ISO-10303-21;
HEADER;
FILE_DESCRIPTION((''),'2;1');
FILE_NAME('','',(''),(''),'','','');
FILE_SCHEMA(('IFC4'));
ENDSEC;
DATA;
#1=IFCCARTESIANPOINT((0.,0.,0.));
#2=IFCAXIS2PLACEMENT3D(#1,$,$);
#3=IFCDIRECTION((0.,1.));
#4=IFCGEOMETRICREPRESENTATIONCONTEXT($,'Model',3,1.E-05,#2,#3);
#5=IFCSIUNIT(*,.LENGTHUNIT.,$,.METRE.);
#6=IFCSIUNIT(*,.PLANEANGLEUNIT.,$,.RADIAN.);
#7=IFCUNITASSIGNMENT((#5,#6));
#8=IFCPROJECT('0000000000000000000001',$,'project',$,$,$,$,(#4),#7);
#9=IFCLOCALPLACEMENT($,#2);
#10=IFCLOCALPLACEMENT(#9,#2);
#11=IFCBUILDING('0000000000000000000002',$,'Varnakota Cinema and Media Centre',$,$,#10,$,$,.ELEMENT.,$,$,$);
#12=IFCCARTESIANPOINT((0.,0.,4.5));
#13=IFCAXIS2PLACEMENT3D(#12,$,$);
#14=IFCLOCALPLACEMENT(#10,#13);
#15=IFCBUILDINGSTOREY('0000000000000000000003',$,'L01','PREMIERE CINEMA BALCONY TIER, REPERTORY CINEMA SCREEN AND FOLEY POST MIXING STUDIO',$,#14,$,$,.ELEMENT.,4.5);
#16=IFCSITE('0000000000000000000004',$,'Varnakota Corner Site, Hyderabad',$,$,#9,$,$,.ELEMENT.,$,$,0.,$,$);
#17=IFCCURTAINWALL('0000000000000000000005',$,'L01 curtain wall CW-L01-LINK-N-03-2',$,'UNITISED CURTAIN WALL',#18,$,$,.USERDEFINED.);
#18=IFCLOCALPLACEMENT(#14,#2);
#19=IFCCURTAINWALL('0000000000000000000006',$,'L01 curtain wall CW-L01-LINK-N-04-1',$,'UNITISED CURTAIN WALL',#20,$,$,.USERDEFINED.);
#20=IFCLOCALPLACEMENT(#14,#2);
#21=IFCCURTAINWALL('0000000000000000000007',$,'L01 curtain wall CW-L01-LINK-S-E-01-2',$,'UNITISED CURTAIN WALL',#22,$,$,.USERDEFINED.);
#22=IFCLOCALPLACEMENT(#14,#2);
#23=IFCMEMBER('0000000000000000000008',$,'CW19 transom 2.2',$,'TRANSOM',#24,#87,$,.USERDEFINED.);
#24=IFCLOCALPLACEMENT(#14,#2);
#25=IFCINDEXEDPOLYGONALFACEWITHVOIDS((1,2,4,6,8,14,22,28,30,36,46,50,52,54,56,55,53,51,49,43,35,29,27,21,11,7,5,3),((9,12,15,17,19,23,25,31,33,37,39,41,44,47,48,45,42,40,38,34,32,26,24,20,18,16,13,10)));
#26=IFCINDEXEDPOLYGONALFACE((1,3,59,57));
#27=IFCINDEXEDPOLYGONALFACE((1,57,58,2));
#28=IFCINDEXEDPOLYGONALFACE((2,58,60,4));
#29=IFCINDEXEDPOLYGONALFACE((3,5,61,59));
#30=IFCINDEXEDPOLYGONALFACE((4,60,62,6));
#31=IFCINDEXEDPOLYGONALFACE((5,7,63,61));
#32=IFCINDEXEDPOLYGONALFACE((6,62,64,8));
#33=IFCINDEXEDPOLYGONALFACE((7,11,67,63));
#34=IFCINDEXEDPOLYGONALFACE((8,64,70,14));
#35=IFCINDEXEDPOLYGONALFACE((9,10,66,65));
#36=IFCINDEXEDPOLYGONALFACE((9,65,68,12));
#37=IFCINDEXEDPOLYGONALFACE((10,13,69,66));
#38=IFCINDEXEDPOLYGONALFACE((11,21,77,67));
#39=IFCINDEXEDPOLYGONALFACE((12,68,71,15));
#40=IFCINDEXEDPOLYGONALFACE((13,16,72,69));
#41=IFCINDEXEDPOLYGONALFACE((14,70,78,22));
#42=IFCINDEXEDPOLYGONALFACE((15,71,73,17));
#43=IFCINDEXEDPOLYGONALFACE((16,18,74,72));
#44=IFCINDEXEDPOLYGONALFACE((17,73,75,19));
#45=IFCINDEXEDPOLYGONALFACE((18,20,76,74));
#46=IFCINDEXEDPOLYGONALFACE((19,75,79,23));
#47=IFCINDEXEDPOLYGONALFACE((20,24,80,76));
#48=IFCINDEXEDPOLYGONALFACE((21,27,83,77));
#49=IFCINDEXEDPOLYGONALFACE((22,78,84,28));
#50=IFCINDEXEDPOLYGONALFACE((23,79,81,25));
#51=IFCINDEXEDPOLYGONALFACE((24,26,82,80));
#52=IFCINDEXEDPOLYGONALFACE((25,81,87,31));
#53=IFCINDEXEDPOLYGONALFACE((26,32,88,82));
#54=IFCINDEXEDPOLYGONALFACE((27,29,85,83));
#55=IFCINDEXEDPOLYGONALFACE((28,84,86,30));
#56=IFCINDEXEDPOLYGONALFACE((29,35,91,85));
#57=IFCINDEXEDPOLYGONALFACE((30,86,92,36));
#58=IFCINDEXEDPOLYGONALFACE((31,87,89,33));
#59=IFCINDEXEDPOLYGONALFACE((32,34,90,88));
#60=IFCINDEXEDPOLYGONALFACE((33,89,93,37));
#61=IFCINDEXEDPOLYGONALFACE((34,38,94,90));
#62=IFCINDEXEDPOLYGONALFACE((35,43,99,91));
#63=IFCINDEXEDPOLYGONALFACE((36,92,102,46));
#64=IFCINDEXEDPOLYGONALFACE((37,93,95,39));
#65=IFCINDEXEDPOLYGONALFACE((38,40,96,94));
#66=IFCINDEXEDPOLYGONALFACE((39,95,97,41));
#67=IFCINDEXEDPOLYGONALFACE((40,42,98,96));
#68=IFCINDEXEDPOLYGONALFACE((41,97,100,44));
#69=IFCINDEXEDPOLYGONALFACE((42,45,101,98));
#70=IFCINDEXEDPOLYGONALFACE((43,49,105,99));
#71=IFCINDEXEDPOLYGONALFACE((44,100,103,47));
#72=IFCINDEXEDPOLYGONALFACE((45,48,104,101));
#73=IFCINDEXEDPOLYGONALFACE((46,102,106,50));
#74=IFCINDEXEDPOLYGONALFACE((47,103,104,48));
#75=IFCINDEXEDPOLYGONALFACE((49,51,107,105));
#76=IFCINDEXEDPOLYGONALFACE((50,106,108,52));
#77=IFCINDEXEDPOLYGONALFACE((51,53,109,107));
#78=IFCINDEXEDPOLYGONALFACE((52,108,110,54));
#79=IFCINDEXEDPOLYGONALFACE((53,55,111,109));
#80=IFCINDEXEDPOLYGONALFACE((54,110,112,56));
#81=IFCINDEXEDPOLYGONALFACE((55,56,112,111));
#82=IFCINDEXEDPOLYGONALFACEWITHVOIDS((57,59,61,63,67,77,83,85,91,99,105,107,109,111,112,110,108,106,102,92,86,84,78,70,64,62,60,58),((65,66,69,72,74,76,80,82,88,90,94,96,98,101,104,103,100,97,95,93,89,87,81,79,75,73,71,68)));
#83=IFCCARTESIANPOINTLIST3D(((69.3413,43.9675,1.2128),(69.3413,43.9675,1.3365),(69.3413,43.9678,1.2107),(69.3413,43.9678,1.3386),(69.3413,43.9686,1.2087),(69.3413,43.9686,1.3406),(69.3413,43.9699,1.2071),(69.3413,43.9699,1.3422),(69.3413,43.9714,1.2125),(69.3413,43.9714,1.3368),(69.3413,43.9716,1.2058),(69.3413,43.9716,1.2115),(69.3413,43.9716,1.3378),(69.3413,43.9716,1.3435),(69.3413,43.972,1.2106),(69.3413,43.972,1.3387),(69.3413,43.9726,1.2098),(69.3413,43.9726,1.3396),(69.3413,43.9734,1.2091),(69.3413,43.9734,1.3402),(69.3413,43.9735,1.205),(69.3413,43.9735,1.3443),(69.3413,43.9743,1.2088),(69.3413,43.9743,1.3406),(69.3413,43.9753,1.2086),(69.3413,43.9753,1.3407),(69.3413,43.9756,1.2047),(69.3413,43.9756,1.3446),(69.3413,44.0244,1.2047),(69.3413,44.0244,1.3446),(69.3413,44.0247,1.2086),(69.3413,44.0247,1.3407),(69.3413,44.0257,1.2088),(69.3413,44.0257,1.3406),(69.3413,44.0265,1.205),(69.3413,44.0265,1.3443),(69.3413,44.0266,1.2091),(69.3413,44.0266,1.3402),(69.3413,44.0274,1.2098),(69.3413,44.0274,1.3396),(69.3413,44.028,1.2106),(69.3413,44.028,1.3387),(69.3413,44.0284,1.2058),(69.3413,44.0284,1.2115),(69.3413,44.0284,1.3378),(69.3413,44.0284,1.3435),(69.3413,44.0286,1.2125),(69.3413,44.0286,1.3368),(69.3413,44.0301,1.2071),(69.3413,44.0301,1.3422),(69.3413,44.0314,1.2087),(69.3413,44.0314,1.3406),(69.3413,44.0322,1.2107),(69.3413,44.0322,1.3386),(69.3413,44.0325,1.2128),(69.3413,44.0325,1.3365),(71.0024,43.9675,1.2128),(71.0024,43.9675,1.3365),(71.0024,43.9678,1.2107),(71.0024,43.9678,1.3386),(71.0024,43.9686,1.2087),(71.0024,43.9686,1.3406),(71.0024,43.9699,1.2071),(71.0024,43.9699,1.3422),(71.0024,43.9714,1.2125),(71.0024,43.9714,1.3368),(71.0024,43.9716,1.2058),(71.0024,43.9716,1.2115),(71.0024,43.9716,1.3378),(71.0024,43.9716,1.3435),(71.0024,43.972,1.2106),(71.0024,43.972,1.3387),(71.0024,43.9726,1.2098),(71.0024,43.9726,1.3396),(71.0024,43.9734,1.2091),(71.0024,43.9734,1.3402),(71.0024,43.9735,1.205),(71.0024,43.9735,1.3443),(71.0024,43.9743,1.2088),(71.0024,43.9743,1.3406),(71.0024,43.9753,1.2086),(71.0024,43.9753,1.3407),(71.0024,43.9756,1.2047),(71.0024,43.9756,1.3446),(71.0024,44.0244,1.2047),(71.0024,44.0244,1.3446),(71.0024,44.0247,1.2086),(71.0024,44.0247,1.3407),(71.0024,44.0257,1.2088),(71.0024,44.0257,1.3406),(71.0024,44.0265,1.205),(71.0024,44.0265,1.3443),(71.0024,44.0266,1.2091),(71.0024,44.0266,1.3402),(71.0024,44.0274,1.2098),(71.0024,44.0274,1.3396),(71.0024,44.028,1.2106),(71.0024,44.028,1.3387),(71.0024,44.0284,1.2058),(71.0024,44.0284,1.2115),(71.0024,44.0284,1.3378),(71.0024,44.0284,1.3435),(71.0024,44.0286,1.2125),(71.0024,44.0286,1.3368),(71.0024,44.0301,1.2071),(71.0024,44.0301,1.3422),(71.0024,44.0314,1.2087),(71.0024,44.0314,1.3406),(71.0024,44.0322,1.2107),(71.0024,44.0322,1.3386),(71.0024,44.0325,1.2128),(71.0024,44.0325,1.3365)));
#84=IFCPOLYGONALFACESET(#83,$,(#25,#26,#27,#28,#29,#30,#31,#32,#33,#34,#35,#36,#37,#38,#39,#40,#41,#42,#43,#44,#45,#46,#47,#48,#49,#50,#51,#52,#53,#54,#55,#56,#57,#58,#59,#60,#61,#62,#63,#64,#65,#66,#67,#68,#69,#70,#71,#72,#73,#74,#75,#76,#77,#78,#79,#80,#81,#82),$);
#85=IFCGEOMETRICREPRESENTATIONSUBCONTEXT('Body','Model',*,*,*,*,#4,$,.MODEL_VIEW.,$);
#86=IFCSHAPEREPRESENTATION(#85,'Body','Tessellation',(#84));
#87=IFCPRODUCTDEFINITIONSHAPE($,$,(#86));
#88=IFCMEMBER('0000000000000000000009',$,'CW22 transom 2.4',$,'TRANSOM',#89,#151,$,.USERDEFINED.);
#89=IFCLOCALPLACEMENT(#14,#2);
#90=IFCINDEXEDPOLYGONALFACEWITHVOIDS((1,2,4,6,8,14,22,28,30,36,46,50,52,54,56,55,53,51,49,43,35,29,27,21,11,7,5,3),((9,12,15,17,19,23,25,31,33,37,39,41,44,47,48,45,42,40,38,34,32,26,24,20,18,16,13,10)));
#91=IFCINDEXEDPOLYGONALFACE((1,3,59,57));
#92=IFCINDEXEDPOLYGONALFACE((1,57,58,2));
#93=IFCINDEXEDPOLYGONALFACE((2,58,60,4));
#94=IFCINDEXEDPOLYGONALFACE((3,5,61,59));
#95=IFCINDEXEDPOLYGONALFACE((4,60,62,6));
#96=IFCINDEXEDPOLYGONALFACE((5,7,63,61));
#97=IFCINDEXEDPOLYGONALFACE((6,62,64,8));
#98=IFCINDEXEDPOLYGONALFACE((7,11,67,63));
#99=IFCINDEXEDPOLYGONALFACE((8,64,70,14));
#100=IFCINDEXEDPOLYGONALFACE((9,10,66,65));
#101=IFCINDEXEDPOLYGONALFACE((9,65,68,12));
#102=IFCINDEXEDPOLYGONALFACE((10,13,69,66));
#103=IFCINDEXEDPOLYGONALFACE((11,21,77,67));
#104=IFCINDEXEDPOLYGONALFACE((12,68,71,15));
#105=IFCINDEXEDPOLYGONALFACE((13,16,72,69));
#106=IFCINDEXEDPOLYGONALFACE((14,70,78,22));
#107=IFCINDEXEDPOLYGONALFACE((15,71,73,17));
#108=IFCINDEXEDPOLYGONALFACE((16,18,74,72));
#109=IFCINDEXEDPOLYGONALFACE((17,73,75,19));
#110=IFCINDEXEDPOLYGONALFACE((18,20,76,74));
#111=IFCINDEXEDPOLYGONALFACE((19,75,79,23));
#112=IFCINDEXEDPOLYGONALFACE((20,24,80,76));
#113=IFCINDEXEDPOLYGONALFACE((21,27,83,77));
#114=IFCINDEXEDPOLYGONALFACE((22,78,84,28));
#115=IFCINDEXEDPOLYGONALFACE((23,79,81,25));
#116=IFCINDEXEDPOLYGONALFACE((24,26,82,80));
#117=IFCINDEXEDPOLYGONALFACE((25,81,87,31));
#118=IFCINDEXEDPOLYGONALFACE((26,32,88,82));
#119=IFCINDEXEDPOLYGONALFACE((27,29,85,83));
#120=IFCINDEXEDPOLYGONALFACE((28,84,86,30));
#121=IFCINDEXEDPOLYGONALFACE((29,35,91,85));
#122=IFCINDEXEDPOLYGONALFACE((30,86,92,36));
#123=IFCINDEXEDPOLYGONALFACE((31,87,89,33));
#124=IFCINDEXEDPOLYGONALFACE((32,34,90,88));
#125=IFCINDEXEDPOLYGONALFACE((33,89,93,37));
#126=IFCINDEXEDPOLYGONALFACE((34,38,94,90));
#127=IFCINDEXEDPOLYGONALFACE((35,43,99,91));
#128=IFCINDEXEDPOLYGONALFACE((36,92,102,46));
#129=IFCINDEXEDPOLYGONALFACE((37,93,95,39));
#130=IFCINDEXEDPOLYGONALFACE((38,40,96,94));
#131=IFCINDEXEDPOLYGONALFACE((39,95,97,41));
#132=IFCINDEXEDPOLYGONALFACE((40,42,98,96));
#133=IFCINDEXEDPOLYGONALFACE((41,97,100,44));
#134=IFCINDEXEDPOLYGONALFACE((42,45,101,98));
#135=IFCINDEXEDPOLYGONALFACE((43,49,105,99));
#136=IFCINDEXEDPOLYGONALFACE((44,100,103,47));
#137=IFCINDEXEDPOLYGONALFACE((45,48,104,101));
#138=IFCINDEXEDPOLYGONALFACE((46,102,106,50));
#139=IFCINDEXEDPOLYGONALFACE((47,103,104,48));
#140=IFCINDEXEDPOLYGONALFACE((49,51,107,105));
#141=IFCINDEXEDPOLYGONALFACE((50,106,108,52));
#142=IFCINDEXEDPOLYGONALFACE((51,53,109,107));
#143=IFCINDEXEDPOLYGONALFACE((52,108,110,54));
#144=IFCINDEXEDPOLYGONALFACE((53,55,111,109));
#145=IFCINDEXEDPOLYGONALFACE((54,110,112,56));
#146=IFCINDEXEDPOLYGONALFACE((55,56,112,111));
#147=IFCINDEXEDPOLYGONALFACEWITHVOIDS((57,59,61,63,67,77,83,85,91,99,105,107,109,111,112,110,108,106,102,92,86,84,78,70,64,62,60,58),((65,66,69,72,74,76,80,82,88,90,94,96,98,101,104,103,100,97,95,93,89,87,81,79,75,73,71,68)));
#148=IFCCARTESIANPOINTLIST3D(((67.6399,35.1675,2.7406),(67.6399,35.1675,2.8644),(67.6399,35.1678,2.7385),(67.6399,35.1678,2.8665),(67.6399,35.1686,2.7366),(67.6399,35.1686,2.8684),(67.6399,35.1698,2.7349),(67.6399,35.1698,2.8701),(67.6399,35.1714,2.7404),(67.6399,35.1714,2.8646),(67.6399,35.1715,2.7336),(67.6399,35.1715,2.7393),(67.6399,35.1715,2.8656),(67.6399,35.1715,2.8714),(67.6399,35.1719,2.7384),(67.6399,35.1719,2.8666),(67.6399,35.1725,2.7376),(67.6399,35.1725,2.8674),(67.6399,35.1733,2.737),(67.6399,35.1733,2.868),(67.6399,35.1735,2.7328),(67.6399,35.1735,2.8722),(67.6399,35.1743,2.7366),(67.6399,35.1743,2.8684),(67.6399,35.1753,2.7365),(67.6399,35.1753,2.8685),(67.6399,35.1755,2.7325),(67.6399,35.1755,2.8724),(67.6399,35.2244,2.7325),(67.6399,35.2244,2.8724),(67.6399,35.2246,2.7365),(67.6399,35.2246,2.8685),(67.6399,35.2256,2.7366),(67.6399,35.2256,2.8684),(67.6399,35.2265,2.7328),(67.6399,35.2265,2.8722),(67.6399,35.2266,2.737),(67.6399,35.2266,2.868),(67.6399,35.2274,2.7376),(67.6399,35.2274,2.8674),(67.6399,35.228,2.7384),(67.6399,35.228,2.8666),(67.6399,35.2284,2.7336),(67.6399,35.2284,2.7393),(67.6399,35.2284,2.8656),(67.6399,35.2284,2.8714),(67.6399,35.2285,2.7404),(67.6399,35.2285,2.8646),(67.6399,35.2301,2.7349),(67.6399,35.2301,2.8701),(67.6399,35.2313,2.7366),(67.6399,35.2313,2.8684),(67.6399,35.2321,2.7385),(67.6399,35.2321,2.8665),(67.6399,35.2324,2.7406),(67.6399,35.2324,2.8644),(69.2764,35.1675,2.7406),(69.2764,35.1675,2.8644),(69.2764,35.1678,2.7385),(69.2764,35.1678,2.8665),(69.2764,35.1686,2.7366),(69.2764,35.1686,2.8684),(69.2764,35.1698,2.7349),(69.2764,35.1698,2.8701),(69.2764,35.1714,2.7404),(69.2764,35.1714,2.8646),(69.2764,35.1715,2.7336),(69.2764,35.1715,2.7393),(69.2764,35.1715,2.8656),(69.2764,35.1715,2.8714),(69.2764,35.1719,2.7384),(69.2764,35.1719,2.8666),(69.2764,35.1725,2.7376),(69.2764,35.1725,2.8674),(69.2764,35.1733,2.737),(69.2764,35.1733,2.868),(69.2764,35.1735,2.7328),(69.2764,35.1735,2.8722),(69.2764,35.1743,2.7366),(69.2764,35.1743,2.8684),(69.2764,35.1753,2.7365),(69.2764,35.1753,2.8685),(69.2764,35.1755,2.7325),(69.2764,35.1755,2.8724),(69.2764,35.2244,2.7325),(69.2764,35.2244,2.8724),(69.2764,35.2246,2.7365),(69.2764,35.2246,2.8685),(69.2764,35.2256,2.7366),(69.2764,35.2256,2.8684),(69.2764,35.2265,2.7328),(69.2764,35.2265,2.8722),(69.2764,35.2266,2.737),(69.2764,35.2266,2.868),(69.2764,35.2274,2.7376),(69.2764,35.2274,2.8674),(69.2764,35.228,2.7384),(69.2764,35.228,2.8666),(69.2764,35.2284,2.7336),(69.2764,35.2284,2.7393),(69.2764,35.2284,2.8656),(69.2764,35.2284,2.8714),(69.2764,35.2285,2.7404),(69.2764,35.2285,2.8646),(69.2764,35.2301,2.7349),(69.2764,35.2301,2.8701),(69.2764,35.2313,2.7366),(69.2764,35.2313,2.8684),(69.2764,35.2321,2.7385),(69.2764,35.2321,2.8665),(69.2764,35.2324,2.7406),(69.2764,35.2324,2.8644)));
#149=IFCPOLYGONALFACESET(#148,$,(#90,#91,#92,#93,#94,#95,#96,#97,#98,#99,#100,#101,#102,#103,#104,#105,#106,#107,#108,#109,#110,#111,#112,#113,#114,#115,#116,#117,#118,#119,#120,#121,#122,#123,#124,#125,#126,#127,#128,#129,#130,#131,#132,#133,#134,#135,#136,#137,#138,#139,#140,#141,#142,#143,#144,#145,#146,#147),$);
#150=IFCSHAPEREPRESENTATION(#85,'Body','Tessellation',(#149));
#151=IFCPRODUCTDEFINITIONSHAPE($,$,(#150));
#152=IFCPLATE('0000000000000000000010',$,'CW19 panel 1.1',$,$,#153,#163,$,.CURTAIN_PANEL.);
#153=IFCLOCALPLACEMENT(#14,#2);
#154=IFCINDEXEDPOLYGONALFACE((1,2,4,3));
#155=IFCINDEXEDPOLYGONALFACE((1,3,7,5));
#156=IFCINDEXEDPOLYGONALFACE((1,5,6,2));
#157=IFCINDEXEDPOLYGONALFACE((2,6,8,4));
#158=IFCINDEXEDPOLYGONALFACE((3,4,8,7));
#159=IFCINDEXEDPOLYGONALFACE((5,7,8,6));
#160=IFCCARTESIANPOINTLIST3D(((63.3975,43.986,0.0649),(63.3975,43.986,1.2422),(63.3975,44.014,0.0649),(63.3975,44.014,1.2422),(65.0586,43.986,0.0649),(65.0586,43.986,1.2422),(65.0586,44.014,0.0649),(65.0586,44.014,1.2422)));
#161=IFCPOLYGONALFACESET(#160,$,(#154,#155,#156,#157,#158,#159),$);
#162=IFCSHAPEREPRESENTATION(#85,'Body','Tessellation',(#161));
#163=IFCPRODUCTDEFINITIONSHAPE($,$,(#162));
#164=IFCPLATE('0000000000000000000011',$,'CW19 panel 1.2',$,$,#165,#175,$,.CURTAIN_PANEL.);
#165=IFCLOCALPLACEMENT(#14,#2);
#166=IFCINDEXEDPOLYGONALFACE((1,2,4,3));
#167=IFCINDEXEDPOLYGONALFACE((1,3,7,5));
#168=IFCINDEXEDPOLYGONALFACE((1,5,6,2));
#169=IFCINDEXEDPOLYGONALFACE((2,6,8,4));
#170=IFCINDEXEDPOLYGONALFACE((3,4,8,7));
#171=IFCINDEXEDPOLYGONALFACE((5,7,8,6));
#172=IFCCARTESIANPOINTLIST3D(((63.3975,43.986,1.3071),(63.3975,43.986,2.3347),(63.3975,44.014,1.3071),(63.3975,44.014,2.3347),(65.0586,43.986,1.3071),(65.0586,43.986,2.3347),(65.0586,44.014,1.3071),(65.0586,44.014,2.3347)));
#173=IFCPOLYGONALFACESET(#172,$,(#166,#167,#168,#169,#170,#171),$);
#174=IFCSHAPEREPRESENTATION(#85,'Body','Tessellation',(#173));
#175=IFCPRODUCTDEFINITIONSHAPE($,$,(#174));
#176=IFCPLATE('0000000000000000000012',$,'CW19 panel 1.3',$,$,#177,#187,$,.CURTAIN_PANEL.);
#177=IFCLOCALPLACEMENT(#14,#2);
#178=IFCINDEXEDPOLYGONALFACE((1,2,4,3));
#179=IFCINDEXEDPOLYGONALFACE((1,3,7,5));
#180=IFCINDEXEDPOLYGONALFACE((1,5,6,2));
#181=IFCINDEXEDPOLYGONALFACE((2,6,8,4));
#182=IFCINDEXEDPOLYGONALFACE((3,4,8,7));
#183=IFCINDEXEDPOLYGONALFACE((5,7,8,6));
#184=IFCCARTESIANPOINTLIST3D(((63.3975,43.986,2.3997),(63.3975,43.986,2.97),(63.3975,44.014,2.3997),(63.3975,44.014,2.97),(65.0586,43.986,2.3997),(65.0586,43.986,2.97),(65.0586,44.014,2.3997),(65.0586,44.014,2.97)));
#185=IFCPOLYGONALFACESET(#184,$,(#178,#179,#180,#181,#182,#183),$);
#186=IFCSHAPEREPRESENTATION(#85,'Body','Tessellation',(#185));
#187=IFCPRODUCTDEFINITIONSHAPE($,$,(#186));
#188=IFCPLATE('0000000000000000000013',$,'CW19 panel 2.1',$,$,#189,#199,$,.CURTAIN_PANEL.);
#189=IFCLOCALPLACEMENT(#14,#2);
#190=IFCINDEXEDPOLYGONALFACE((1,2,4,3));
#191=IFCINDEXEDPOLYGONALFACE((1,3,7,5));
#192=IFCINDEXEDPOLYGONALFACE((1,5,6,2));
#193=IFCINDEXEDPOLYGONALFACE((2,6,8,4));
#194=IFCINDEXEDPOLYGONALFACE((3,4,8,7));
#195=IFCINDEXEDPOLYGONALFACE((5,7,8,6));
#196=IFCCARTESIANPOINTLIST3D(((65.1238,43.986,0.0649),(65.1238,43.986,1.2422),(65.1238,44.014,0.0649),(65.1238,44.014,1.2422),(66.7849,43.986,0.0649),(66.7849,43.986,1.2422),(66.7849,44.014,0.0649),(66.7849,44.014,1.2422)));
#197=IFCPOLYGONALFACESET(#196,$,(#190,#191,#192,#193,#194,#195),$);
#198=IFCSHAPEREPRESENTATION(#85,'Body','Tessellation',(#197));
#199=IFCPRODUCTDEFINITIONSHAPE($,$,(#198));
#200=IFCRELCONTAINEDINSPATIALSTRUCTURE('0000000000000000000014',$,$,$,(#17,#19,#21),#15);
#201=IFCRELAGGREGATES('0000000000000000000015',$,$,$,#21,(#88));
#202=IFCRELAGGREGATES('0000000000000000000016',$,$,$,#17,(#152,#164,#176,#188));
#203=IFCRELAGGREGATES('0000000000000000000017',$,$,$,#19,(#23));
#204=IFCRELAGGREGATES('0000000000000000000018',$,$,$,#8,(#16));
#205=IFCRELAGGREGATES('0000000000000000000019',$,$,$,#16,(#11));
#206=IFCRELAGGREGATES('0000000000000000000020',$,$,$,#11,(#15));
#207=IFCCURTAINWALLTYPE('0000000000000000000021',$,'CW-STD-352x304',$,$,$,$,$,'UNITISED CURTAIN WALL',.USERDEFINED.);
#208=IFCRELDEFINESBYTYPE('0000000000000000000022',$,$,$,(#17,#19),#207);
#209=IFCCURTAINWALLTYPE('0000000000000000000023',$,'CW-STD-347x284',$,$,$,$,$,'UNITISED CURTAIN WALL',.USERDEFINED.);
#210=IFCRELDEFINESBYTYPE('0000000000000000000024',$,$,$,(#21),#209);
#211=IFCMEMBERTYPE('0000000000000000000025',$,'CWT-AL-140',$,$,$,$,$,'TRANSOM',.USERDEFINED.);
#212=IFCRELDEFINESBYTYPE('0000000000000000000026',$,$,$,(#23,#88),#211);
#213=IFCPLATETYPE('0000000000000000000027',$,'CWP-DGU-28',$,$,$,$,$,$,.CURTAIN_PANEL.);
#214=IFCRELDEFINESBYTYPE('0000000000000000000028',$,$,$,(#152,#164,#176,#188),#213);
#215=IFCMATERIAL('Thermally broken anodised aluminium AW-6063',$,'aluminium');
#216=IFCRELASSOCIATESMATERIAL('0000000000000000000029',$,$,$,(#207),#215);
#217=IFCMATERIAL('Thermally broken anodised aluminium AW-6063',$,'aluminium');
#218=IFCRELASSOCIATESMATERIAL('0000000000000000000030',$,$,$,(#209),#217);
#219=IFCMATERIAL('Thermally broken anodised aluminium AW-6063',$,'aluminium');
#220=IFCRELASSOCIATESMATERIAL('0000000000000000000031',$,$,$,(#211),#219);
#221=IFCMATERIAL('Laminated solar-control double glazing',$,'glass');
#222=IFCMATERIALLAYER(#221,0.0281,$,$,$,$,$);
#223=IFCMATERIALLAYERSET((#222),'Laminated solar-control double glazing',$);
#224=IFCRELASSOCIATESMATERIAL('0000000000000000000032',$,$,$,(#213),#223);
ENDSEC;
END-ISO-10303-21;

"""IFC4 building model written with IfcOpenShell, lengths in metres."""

from ifc_helpers import new_model, si_unit, direction, frame, origin, origin_2d, place, context, subcontext, project, spatial, rectangle, hollow_rectangle, extrude, material, layer, layer_set, material_profile, profile_set, type_object, element, aggregate, save


model = new_model("IFC4")

# Units and contexts
model_context = context("Model", 3, precision=1e-05, world=origin(), true_north=direction((0.0, 1.0)))
body_context = subcontext(model_context, "Body", "Model", "MODEL_VIEW")
ifc_project = project(units=[si_unit("LENGTHUNIT", "METRE"), si_unit("PLANEANGLEUNIT", "RADIAN")], contexts=[model_context])

# Site, building, storey
site_placement = place(None, origin())
site = spatial("IfcSite", under=ifc_project, at=site_placement, Name="Varnakota Corner Site, Hyderabad", CompositionType="ELEMENT", RefElevation=0.0)
building_placement = place(site_placement, origin())
building = spatial("IfcBuilding", under=site, at=building_placement, Name="Varnakota Cinema and Media Centre", CompositionType="ELEMENT")
storey_placement = place(building_placement, frame((0.0, 0.0, 4.5)))
storey = spatial("IfcBuildingStorey", under=building, at=storey_placement, Name="L01", Description="PREMIERE CINEMA BALCONY TIER, REPERTORY CINEMA SCREEN AND FOLEY POST MIXING STUDIO", CompositionType="ELEMENT", Elevation=4.5)

# Curtain walls
ifc_material_1 = material(Name="Thermally broken anodised aluminium AW-6063", Category="aluminium")
curtain_wall_type_1 = type_object("IfcCurtainWallType", Name="CW-STD-352x304", ElementType="UNITISED CURTAIN WALL", PredefinedType="USERDEFINED", material=ifc_material_1)
curtain_wall_1_placement = place(storey_placement, origin())
curtain_wall_1 = element("IfcCurtainWall", 1, at=curtain_wall_1_placement, inside=storey, type_object=curtain_wall_type_1, Name="L01 curtain wall CW-L01-LINK-N-03-2", ObjectType="UNITISED CURTAIN WALL", PredefinedType="USERDEFINED")
curtain_wall_2_placement = place(storey_placement, origin())
curtain_wall_2 = element("IfcCurtainWall", 2, at=curtain_wall_2_placement, inside=storey, type_object=curtain_wall_type_1, Name="L01 curtain wall CW-L01-LINK-N-04-1", ObjectType="UNITISED CURTAIN WALL", PredefinedType="USERDEFINED")

# Curtain wall
ifc_material_2 = material(Name="Thermally broken anodised aluminium AW-6063", Category="aluminium")
curtain_wall_type_2 = type_object("IfcCurtainWallType", Name="CW-STD-347x284", ElementType="UNITISED CURTAIN WALL", PredefinedType="USERDEFINED", material=ifc_material_2)
curtain_wall_3_placement = place(storey_placement, origin())
curtain_wall_3 = element("IfcCurtainWall", 3, at=curtain_wall_3_placement, inside=storey, type_object=curtain_wall_type_2, Name="L01 curtain wall CW-L01-LINK-S-E-01-2", ObjectType="UNITISED CURTAIN WALL", PredefinedType="USERDEFINED")

# Members
ifc_material_3 = material(Name="Thermally broken anodised aluminium AW-6063", Category="aluminium")
ifc_material_profile_1 = material_profile(ifc_material_3, hollow_rectangle(XDim=0.0649, YDim=0.1399, WallThickness=0.0039, InnerFilletRadius=0.0039, OuterFilletRadius=0.0081, at=origin_2d()), Name="AL-TRANSOM 140x65x4")
ifc_profile_set_1 = profile_set([ifc_material_profile_1], Name="Thermally broken anodised aluminium AW-6063")
member_type_1 = type_object("IfcMemberType", Name="CWT-AL-140", ElementType="TRANSOM", PredefinedType="USERDEFINED", material=ifc_profile_set_1)
member_1_placement = place(storey_placement, frame((69.3413, 44.0, 1.2747), z_axis=(1.0, 0.0, 0.0), x_axis=(0.0, 1.0, 0.0)))
member_1 = element("IfcMember", 4, at=member_1_placement, type_object=member_type_1, Name="CW19 transom 2.2", ObjectType="TRANSOM", PredefinedType="USERDEFINED", context=body_context, shape_type="SweptSolid", body=[
    extrude(hollow_rectangle(XDim=0.0649, YDim=0.1399, WallThickness=0.0039, InnerFilletRadius=0.0039, OuterFilletRadius=0.0081, at=origin_2d()), origin(), (0.0, 0.0, 1.0), 1.6611),
])
member_2_placement = place(storey_placement, frame((69.2764, 35.2, 2.8025), z_axis=(-1.0, 0.0, 0.0), x_axis=(0.0, -1.0, 0.0)))
member_2 = element("IfcMember", 5, at=member_2_placement, type_object=member_type_1, Name="CW22 transom 2.4", ObjectType="TRANSOM", PredefinedType="USERDEFINED", context=body_context, shape_type="SweptSolid", body=[
    extrude(hollow_rectangle(XDim=0.0649, YDim=0.1399, WallThickness=0.0039, InnerFilletRadius=0.0039, OuterFilletRadius=0.0081, at=origin_2d()), origin(), (0.0, 0.0, 1.0), 1.6365),
])
aggregate(curtain_wall_3, [member_2])

# Plates
ifc_material_4 = material(Name="Laminated solar-control double glazing", Category="glass")
ifc_layer = layer(ifc_material_4, 0.0281)
ifc_layer_set = layer_set([ifc_layer], Name="Laminated solar-control double glazing")
plate_type = type_object("IfcPlateType", Name="CWP-DGU-28", PredefinedType="CURTAIN_PANEL", material=ifc_layer_set)
plate_1_placement = place(storey_placement, frame((64.228, 44.0, 0.0649), z_axis=(0.0, 0.0, 1.0), x_axis=(1.0, 0.0, 0.0)))
plate_1 = element("IfcPlate", 6, at=plate_1_placement, type_object=plate_type, Name="CW19 panel 1.1", PredefinedType="CURTAIN_PANEL", context=body_context, shape_type="SweptSolid", body=[
    extrude(rectangle(XDim=1.6611, YDim=0.0281, at=origin_2d()), origin(), (0.0, 0.0, 1.0), 1.1772),
])
plate_2_placement = place(storey_placement, frame((64.228, 44.0, 1.3071), z_axis=(0.0, 0.0, 1.0), x_axis=(1.0, 0.0, 0.0)))
plate_2 = element("IfcPlate", 7, at=plate_2_placement, type_object=plate_type, Name="CW19 panel 1.2", PredefinedType="CURTAIN_PANEL", context=body_context, shape_type="SweptSolid", body=[
    extrude(rectangle(XDim=1.6611, YDim=0.0281, at=origin_2d()), origin(), (0.0, 0.0, 1.0), 1.0276),
])
plate_3_placement = place(storey_placement, frame((64.228, 44.0, 2.3997), z_axis=(0.0, 0.0, 1.0), x_axis=(1.0, 0.0, 0.0)))
plate_3 = element("IfcPlate", 8, at=plate_3_placement, type_object=plate_type, Name="CW19 panel 1.3", PredefinedType="CURTAIN_PANEL", context=body_context, shape_type="SweptSolid", body=[
    extrude(rectangle(XDim=1.6611, YDim=0.0281, at=origin_2d()), origin(), (0.0, 0.0, 1.0), 0.5703),
])
plate_4_placement = place(storey_placement, frame((65.9543, 44.0, 0.0649), z_axis=(0.0, 0.0, 1.0), x_axis=(1.0, 0.0, 0.0)))
plate_4 = element("IfcPlate", 9, at=plate_4_placement, type_object=plate_type, Name="CW19 panel 2.1", PredefinedType="CURTAIN_PANEL", context=body_context, shape_type="SweptSolid", body=[
    extrude(rectangle(XDim=1.6611, YDim=0.0281, at=origin_2d()), origin(), (0.0, 0.0, 1.0), 1.1772),
])
aggregate(curtain_wall_1, [plate_1, plate_2, plate_3, plate_4])
aggregate(curtain_wall_2, [member_1])

save(model, "model.ifc")
